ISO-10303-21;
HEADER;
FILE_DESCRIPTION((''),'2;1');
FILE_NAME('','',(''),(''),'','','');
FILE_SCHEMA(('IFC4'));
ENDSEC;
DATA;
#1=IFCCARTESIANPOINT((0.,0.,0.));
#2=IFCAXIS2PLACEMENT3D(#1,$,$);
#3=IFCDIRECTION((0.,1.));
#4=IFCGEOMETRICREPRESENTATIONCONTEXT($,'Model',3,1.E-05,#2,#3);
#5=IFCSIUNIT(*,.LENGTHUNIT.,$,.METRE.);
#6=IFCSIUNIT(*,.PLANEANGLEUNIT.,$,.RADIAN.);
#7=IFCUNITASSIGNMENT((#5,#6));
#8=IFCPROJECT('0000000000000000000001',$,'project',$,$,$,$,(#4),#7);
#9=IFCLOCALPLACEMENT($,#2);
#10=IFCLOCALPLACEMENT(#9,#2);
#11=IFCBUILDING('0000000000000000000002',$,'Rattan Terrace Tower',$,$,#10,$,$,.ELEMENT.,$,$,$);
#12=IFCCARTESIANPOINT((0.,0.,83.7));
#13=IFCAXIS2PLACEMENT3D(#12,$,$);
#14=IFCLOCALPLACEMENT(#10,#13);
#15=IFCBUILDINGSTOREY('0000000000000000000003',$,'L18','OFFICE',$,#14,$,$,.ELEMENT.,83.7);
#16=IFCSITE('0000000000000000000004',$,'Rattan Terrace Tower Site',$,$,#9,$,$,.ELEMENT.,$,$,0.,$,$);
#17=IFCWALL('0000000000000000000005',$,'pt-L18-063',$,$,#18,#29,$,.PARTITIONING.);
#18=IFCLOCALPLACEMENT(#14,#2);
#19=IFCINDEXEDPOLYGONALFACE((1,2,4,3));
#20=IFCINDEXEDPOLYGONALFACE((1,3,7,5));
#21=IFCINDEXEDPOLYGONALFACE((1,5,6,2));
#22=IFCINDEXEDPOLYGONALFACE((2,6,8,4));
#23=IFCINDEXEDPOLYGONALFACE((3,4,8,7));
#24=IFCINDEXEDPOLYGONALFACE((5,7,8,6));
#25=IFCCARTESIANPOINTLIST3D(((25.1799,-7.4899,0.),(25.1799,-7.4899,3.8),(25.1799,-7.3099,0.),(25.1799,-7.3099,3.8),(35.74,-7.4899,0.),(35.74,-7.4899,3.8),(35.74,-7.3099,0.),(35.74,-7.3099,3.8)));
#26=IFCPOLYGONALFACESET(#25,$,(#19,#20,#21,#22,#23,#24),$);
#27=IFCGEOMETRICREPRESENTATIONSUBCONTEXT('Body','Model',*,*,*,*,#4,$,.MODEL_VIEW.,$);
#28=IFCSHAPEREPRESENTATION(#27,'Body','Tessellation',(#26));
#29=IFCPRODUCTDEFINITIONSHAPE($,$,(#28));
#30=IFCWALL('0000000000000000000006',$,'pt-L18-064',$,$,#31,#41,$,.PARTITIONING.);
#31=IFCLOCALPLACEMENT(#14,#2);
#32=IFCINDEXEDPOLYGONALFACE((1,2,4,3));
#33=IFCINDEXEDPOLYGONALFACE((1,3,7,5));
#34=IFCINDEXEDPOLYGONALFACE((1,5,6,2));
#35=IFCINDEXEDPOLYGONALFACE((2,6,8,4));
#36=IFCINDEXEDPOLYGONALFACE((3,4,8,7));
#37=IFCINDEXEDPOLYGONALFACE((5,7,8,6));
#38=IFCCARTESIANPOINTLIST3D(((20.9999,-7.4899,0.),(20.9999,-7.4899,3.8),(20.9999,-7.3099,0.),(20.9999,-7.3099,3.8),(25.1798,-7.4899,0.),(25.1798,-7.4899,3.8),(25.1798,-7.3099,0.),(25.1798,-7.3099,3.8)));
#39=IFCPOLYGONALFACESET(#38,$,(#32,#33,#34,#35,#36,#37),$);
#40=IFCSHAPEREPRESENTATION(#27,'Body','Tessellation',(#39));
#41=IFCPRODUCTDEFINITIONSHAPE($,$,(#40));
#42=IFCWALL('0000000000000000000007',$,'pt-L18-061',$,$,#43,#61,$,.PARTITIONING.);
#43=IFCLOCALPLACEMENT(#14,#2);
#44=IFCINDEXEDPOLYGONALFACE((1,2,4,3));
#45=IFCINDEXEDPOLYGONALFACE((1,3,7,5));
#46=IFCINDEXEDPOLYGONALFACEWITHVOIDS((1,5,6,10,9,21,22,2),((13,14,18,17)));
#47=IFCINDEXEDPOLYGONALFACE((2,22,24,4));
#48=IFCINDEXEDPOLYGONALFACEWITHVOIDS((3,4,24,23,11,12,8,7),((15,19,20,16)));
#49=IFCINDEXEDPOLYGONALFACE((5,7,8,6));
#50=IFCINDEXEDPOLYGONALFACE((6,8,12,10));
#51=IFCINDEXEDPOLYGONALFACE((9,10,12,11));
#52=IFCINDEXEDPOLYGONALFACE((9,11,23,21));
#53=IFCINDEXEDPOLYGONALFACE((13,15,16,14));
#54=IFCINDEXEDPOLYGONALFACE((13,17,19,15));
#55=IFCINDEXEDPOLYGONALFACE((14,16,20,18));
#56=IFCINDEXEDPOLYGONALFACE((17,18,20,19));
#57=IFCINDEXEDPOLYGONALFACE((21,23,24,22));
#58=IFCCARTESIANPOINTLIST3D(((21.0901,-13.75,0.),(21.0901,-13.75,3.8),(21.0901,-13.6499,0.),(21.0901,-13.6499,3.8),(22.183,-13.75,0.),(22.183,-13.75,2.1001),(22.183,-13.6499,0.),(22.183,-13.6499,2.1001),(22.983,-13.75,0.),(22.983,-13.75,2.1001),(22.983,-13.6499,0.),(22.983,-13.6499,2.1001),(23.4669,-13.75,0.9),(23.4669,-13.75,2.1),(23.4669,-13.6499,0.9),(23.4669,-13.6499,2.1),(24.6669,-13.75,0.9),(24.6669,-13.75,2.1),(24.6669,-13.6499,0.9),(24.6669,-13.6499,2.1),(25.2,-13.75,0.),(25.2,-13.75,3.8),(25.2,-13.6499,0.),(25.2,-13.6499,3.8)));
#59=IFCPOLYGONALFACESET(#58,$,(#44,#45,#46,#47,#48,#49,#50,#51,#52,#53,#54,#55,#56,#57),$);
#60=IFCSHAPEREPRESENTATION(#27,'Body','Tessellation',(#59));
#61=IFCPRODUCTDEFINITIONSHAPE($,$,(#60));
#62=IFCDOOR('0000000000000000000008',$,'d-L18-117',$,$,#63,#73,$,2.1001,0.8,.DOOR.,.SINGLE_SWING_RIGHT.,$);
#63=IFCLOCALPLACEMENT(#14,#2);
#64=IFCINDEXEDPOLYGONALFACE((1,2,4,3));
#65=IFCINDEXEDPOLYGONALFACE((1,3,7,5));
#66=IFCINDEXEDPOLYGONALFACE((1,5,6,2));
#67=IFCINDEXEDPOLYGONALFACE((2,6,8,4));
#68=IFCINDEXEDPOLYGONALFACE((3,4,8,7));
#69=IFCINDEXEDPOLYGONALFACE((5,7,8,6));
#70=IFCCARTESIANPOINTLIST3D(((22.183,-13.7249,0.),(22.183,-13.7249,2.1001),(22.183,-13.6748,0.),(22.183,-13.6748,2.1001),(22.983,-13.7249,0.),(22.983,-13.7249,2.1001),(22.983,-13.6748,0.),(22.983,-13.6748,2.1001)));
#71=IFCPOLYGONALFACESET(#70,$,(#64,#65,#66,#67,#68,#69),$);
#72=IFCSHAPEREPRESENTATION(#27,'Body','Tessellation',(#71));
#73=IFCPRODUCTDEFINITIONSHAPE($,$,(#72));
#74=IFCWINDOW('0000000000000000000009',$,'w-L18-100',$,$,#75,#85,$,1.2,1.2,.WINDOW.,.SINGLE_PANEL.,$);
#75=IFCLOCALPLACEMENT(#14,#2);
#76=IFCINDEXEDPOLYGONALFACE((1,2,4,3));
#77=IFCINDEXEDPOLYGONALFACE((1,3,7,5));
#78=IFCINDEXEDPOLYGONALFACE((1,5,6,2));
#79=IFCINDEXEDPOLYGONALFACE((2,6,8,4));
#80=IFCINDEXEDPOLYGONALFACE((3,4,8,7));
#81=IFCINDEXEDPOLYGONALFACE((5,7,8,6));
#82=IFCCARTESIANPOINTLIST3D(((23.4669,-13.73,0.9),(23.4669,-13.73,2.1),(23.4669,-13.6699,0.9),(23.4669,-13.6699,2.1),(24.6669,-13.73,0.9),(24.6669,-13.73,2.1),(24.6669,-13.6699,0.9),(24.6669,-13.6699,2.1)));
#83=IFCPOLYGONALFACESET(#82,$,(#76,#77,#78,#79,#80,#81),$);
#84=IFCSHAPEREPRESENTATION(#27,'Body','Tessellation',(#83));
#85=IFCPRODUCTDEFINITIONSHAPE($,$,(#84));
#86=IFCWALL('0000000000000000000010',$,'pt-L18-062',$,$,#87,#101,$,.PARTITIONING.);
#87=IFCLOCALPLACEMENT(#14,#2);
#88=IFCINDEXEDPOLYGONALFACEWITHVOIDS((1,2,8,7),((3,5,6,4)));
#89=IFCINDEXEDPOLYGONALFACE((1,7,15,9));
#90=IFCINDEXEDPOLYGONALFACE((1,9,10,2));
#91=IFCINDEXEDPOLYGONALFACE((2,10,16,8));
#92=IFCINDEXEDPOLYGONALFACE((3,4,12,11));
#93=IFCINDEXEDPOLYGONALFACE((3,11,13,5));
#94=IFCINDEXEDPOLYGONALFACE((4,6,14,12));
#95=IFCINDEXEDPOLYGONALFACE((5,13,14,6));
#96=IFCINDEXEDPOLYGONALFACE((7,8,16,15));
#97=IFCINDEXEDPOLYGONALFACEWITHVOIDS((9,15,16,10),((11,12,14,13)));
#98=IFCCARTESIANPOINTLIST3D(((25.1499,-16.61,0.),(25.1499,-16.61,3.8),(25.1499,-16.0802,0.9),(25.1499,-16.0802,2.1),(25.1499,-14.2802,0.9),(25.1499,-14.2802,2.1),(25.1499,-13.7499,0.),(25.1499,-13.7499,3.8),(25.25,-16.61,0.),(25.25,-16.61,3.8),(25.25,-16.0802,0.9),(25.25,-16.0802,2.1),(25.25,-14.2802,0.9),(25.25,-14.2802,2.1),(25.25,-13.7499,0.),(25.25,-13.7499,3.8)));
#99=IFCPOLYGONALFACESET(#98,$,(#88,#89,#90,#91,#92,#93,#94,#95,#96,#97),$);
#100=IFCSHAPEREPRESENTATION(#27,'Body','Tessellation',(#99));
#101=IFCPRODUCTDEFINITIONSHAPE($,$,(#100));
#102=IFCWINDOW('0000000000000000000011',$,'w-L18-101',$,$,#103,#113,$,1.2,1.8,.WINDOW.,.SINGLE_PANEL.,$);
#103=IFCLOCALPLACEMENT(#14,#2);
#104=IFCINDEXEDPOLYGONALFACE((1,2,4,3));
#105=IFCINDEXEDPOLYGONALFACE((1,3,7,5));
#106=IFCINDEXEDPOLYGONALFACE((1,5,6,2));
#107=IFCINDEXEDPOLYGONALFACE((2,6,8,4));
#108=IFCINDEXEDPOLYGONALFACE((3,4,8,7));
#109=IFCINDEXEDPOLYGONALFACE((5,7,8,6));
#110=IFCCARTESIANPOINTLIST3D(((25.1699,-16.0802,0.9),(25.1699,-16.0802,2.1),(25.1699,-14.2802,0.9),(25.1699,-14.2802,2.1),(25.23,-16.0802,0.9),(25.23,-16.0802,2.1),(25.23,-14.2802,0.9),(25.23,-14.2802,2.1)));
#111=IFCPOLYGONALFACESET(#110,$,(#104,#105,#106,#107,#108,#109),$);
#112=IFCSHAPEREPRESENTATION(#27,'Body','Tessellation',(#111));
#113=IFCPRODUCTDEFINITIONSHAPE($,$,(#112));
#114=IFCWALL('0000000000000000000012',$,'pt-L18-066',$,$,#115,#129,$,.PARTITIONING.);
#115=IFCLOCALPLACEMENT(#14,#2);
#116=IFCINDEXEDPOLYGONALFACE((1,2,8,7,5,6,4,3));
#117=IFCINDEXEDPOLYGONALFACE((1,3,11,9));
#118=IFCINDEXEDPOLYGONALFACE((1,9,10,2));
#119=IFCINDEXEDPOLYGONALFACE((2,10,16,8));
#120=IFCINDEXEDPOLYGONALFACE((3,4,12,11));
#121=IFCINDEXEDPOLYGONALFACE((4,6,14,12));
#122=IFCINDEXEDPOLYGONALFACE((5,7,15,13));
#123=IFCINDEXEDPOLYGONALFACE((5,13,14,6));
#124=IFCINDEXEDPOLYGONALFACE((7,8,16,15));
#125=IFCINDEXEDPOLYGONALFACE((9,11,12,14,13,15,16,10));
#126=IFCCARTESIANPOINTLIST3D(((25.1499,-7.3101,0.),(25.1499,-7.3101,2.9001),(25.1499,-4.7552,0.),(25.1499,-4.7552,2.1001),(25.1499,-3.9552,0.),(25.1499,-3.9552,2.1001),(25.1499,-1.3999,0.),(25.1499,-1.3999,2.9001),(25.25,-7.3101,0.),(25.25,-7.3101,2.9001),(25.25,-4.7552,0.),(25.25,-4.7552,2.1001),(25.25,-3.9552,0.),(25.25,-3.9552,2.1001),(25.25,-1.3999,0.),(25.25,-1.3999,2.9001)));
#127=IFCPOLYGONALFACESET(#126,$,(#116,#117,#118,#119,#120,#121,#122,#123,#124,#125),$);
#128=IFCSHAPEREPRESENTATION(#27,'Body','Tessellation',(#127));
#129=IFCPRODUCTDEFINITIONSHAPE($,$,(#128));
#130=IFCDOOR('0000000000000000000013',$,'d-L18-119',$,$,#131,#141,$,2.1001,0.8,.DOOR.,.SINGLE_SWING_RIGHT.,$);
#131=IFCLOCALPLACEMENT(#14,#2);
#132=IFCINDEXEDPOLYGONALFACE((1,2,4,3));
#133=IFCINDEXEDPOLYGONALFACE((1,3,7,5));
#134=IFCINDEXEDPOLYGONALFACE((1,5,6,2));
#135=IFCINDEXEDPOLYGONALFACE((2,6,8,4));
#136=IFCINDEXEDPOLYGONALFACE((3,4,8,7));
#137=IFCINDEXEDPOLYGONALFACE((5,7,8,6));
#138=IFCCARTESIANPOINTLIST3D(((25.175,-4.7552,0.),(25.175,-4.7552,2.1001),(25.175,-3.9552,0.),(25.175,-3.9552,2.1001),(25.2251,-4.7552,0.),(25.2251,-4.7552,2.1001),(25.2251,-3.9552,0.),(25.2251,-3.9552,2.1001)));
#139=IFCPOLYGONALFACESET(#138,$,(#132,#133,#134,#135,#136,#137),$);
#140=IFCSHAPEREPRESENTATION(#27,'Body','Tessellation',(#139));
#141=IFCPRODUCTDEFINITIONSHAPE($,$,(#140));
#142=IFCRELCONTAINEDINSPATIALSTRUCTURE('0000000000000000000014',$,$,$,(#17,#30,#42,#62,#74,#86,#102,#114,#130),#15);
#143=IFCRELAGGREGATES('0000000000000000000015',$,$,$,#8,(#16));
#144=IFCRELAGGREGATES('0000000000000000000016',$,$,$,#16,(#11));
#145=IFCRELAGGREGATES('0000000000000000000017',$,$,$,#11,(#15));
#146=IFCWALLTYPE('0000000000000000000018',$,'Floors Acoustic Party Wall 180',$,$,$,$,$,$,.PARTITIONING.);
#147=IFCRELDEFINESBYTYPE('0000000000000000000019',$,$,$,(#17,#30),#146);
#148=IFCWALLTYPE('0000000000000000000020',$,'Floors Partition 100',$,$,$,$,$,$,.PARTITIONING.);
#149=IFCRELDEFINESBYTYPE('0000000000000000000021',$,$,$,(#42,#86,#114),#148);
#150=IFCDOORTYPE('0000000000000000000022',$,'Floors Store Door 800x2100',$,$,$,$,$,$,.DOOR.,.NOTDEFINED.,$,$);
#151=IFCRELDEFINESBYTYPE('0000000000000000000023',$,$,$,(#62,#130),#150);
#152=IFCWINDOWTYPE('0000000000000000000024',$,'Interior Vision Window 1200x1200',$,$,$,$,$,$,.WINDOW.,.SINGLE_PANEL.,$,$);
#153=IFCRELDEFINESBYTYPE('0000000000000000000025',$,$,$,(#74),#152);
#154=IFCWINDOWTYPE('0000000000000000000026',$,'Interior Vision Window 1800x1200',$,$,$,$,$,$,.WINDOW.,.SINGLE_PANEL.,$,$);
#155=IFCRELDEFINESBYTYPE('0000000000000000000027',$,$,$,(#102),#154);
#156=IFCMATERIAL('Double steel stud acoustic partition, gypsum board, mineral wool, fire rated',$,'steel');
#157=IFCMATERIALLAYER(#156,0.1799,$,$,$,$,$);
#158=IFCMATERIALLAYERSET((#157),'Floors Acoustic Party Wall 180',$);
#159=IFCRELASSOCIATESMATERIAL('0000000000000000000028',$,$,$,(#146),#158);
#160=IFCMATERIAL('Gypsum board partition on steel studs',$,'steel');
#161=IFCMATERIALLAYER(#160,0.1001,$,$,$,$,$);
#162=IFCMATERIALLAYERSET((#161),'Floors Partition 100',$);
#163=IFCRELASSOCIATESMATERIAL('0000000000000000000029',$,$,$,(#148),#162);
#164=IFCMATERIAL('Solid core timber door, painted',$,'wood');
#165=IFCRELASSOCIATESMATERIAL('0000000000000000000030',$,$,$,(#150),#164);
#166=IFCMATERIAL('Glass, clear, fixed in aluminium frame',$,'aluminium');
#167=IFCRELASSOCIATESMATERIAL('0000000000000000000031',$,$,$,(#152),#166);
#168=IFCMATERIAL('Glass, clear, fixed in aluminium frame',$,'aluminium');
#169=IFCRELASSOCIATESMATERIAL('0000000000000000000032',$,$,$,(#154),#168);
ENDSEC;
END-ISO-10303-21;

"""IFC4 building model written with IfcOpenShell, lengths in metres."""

from ifc_helpers import new_model, si_unit, direction, frame, frame_2d, origin, place, context, subcontext, project, spatial, rectangle, extrude, material, layer, layer_set, type_object, element, fill, save


model = new_model("IFC4")

# Units and contexts
model_context = context("Model", 3, precision=1e-05, world=origin(), true_north=direction((0.0, 1.0)))
body_context = subcontext(model_context, "Body", "Model", "MODEL_VIEW")
ifc_project = project(units=[si_unit("LENGTHUNIT", "METRE"), si_unit("PLANEANGLEUNIT", "RADIAN")], contexts=[model_context])

# Site, building, storey
site_placement = place(None, origin())
site = spatial("IfcSite", under=ifc_project, at=site_placement, Name="Rattan Terrace Tower Site", CompositionType="ELEMENT", RefElevation=0.0)
building_placement = place(site_placement, origin())
building = spatial("IfcBuilding", under=site, at=building_placement, Name="Rattan Terrace Tower", CompositionType="ELEMENT")
storey_placement = place(building_placement, frame((0.0, 0.0, 83.7)))
storey = spatial("IfcBuildingStorey", under=building, at=storey_placement, Name="L18", Description="OFFICE", CompositionType="ELEMENT", Elevation=83.7)

# Walls
ifc_material_1 = material(Name="Double steel stud acoustic partition, gypsum board, mineral wool, fire rated", Category="steel")
ifc_layer_1 = layer(ifc_material_1, 0.1799)
ifc_layer_set_1 = layer_set([ifc_layer_1], Name="Floors Acoustic Party Wall 180")
wall_type_1 = type_object("IfcWallType", Name="Floors Acoustic Party Wall 180", PredefinedType="PARTITIONING", material=ifc_layer_set_1)
wall_1_placement = place(storey_placement, frame((25.1799, -7.3999, 0.0), z_axis=(0.0, 0.0, 1.0), x_axis=(1.0, 0.0, 0.0)))
element("IfcWall", 1, at=wall_1_placement, inside=storey, type_object=wall_type_1, Name="pt-L18-063", PredefinedType="PARTITIONING", context=body_context, shape_type="SweptSolid", body=[
    extrude(rectangle(XDim=10.5601, YDim=0.1799, at=frame_2d((5.28, 0.0))), origin(), (0.0, 0.0, 1.0), 3.8),
])
wall_2_placement = place(storey_placement, frame((21.0, -7.3999, 0.0), z_axis=(0.0, 0.0, 1.0), x_axis=(1.0, 0.0, 0.0)))
element("IfcWall", 2, at=wall_2_placement, inside=storey, type_object=wall_type_1, Name="pt-L18-064", PredefinedType="PARTITIONING", context=body_context, shape_type="SweptSolid", body=[
    extrude(rectangle(XDim=4.1799, YDim=0.1799, at=frame_2d((2.0898, 0.0))), origin(), (0.0, 0.0, 1.0), 3.8),
])

# Wall, openings, door, window
ifc_material_2 = material(Name="Gypsum board partition on steel studs", Category="steel")
ifc_layer_2 = layer(ifc_material_2, 0.1001)
ifc_layer_set_2 = layer_set([ifc_layer_2], Name="Floors Partition 100")
wall_type_2 = type_object("IfcWallType", Name="Floors Partition 100", PredefinedType="PARTITIONING", material=ifc_layer_set_2)
wall_3_placement = place(storey_placement, frame((25.2, -13.7, 0.0), z_axis=(0.0, 0.0, 1.0), x_axis=(-1.0, 0.0, 0.0)))
wall_3 = element("IfcWall", 3, at=wall_3_placement, inside=storey, type_object=wall_type_2, Name="pt-L18-061", PredefinedType="PARTITIONING", context=body_context, shape_type="SweptSolid", body=[
    extrude(rectangle(XDim=4.1099, YDim=0.1001, at=frame_2d((2.0549, 0.0))), origin(), (0.0, 0.0, 1.0), 3.8),
])
opening_1_placement = place(wall_3_placement, frame((2.217, 0.0, 0.0)))
opening_1 = element("IfcOpeningElement", 4, at=opening_1_placement, cuts=wall_3, PredefinedType="OPENING", context=body_context, shape_type="SweptSolid", body=[
    extrude(rectangle(XDim=0.8, YDim=2.1001, at=frame_2d((0.3999, 1.05))), frame((0.0, 0.0605, 0.0), z_axis=(0.0, -1.0, 0.0), x_axis=(1.0, 0.0, 0.0)), (0.0, 0.0, 1.0), 0.1211),
])
opening_2_placement = place(wall_3_placement, frame((0.533, 0.0, 0.8999)))
opening_2 = element("IfcOpeningElement", 5, at=opening_2_placement, cuts=wall_3, PredefinedType="OPENING", context=body_context, shape_type="SweptSolid", body=[
    extrude(rectangle(XDim=1.2, YDim=1.2, at=frame_2d((0.6001, 0.6001))), frame((0.0, 0.0605, 0.0), z_axis=(0.0, -1.0, 0.0), x_axis=(1.0, 0.0, 0.0)), (0.0, 0.0, 1.0), 0.1211),
])
ifc_material_3 = material(Name="Solid core timber door, painted", Category="wood")
door_type_1 = type_object("IfcDoorType", Name="Floors Store Door 800x2100", OperationType="NOTDEFINED", PredefinedType="DOOR", material=ifc_material_3)
door_1_placement = place(opening_1_placement, origin())
door_1 = element("IfcDoor", 6, at=door_1_placement, inside=storey, type_object=door_type_1, Name="d-L18-117", OperationType="SINGLE_SWING_RIGHT", OverallHeight=2.1001, OverallWidth=0.8, PredefinedType="DOOR", context=body_context, shape_type="SweptSolid", body=[
    extrude(rectangle(XDim=0.8, YDim=2.1001, at=frame_2d((0.3999, 1.05))), frame((0.0, 0.0249, 0.0), z_axis=(0.0, -1.0, 0.0), x_axis=(1.0, 0.0, 0.0)), (0.0, 0.0, 1.0), 0.05),
])
fill(opening_1, door_1)
ifc_material_4 = material(Name="Glass, clear, fixed in aluminium frame", Category="aluminium")
window_type_1 = type_object("IfcWindowType", Name="Interior Vision Window 1200x1200", PartitioningType="SINGLE_PANEL", PredefinedType="WINDOW", material=ifc_material_4)
window_1_placement = place(opening_2_placement, origin())
window_1 = element("IfcWindow", 7, at=window_1_placement, inside=storey, type_object=window_type_1, Name="w-L18-100", OverallHeight=1.2, OverallWidth=1.2, PartitioningType="SINGLE_PANEL", PredefinedType="WINDOW", context=body_context, shape_type="SweptSolid", body=[
    extrude(rectangle(XDim=1.2, YDim=1.2, at=frame_2d((0.6001, 0.6001))), frame((0.0, 0.03, 0.0), z_axis=(0.0, -1.0, 0.0), x_axis=(1.0, 0.0, 0.0)), (0.0, 0.0, 1.0), 0.0601),
])
fill(opening_2, window_1)

# Wall, opening, window
wall_4_placement = place(storey_placement, frame((25.2, -16.6101, 0.0), z_axis=(0.0, 0.0, 1.0), x_axis=(0.0, 1.0, 0.0)))
wall_4 = element("IfcWall", 8, at=wall_4_placement, inside=storey, type_object=wall_type_2, Name="pt-L18-062", PredefinedType="PARTITIONING", context=body_context, shape_type="SweptSolid", body=[
    extrude(rectangle(XDim=2.8601, YDim=0.1001, at=frame_2d((1.4302, 0.0))), origin(), (0.0, 0.0, 1.0), 3.8),
])
opening_3_placement = place(wall_4_placement, frame((0.53, 0.0, 0.8999)))
opening_3 = element("IfcOpeningElement", 9, at=opening_3_placement, cuts=wall_4, PredefinedType="OPENING", context=body_context, shape_type="SweptSolid", body=[
    extrude(rectangle(XDim=1.8, YDim=1.2, at=frame_2d((0.8999, 0.6001))), frame((0.0, 0.0605, 0.0), z_axis=(0.0, -1.0, 0.0), x_axis=(1.0, 0.0, 0.0)), (0.0, 0.0, 1.0), 0.1211),
])
ifc_material_5 = material(Name="Glass, clear, fixed in aluminium frame", Category="aluminium")
window_type_2 = type_object("IfcWindowType", Name="Interior Vision Window 1800x1200", PartitioningType="SINGLE_PANEL", PredefinedType="WINDOW", material=ifc_material_5)
window_2_placement = place(opening_3_placement, origin())
window_2 = element("IfcWindow", 10, at=window_2_placement, inside=storey, type_object=window_type_2, Name="w-L18-101", OverallHeight=1.2, OverallWidth=1.8, PartitioningType="SINGLE_PANEL", PredefinedType="WINDOW", context=body_context, shape_type="SweptSolid", body=[
    extrude(rectangle(XDim=1.8, YDim=1.2, at=frame_2d((0.8999, 0.6001))), frame((0.0, 0.03, 0.0), z_axis=(0.0, -1.0, 0.0), x_axis=(1.0, 0.0, 0.0)), (0.0, 0.0, 1.0), 0.0601),
])
fill(opening_3, window_2)

# Wall, opening, door
wall_5_placement = place(storey_placement, frame((25.2, -7.3101, 0.0), z_axis=(0.0, 0.0, 1.0), x_axis=(0.0, 1.0, 0.0)))
wall_5 = element("IfcWall", 11, at=wall_5_placement, inside=storey, type_object=wall_type_2, Name="pt-L18-066", PredefinedType="PARTITIONING", context=body_context, shape_type="SweptSolid", body=[
    extrude(rectangle(XDim=5.9102, YDim=0.1001, at=frame_2d((2.9551, 0.0))), origin(), (0.0, 0.0, 1.0), 2.9001),
])
opening_4_placement = place(wall_5_placement, frame((2.5549, 0.0, 0.0)))
opening_4 = element("IfcOpeningElement", 12, at=opening_4_placement, cuts=wall_5, PredefinedType="OPENING", context=body_context, shape_type="SweptSolid", body=[
    extrude(rectangle(XDim=0.8, YDim=2.1001, at=frame_2d((0.3999, 1.05))), frame((0.0, 0.0605, 0.0), z_axis=(0.0, -1.0, 0.0), x_axis=(1.0, 0.0, 0.0)), (0.0, 0.0, 1.0), 0.1211),
])
door_2_placement = place(opening_4_placement, origin())
door_2 = element("IfcDoor", 13, at=door_2_placement, inside=storey, type_object=door_type_1, Name="d-L18-119", OperationType="SINGLE_SWING_RIGHT", OverallHeight=2.1001, OverallWidth=0.8, PredefinedType="DOOR", context=body_context, shape_type="SweptSolid", body=[
    extrude(rectangle(XDim=0.8, YDim=2.1001, at=frame_2d((0.3999, 1.05))), frame((0.0, 0.0249, 0.0), z_axis=(0.0, -1.0, 0.0), x_axis=(1.0, 0.0, 0.0)), (0.0, 0.0, 1.0), 0.05),
])
fill(opening_4, door_2)

save(model, "model.ifc")
